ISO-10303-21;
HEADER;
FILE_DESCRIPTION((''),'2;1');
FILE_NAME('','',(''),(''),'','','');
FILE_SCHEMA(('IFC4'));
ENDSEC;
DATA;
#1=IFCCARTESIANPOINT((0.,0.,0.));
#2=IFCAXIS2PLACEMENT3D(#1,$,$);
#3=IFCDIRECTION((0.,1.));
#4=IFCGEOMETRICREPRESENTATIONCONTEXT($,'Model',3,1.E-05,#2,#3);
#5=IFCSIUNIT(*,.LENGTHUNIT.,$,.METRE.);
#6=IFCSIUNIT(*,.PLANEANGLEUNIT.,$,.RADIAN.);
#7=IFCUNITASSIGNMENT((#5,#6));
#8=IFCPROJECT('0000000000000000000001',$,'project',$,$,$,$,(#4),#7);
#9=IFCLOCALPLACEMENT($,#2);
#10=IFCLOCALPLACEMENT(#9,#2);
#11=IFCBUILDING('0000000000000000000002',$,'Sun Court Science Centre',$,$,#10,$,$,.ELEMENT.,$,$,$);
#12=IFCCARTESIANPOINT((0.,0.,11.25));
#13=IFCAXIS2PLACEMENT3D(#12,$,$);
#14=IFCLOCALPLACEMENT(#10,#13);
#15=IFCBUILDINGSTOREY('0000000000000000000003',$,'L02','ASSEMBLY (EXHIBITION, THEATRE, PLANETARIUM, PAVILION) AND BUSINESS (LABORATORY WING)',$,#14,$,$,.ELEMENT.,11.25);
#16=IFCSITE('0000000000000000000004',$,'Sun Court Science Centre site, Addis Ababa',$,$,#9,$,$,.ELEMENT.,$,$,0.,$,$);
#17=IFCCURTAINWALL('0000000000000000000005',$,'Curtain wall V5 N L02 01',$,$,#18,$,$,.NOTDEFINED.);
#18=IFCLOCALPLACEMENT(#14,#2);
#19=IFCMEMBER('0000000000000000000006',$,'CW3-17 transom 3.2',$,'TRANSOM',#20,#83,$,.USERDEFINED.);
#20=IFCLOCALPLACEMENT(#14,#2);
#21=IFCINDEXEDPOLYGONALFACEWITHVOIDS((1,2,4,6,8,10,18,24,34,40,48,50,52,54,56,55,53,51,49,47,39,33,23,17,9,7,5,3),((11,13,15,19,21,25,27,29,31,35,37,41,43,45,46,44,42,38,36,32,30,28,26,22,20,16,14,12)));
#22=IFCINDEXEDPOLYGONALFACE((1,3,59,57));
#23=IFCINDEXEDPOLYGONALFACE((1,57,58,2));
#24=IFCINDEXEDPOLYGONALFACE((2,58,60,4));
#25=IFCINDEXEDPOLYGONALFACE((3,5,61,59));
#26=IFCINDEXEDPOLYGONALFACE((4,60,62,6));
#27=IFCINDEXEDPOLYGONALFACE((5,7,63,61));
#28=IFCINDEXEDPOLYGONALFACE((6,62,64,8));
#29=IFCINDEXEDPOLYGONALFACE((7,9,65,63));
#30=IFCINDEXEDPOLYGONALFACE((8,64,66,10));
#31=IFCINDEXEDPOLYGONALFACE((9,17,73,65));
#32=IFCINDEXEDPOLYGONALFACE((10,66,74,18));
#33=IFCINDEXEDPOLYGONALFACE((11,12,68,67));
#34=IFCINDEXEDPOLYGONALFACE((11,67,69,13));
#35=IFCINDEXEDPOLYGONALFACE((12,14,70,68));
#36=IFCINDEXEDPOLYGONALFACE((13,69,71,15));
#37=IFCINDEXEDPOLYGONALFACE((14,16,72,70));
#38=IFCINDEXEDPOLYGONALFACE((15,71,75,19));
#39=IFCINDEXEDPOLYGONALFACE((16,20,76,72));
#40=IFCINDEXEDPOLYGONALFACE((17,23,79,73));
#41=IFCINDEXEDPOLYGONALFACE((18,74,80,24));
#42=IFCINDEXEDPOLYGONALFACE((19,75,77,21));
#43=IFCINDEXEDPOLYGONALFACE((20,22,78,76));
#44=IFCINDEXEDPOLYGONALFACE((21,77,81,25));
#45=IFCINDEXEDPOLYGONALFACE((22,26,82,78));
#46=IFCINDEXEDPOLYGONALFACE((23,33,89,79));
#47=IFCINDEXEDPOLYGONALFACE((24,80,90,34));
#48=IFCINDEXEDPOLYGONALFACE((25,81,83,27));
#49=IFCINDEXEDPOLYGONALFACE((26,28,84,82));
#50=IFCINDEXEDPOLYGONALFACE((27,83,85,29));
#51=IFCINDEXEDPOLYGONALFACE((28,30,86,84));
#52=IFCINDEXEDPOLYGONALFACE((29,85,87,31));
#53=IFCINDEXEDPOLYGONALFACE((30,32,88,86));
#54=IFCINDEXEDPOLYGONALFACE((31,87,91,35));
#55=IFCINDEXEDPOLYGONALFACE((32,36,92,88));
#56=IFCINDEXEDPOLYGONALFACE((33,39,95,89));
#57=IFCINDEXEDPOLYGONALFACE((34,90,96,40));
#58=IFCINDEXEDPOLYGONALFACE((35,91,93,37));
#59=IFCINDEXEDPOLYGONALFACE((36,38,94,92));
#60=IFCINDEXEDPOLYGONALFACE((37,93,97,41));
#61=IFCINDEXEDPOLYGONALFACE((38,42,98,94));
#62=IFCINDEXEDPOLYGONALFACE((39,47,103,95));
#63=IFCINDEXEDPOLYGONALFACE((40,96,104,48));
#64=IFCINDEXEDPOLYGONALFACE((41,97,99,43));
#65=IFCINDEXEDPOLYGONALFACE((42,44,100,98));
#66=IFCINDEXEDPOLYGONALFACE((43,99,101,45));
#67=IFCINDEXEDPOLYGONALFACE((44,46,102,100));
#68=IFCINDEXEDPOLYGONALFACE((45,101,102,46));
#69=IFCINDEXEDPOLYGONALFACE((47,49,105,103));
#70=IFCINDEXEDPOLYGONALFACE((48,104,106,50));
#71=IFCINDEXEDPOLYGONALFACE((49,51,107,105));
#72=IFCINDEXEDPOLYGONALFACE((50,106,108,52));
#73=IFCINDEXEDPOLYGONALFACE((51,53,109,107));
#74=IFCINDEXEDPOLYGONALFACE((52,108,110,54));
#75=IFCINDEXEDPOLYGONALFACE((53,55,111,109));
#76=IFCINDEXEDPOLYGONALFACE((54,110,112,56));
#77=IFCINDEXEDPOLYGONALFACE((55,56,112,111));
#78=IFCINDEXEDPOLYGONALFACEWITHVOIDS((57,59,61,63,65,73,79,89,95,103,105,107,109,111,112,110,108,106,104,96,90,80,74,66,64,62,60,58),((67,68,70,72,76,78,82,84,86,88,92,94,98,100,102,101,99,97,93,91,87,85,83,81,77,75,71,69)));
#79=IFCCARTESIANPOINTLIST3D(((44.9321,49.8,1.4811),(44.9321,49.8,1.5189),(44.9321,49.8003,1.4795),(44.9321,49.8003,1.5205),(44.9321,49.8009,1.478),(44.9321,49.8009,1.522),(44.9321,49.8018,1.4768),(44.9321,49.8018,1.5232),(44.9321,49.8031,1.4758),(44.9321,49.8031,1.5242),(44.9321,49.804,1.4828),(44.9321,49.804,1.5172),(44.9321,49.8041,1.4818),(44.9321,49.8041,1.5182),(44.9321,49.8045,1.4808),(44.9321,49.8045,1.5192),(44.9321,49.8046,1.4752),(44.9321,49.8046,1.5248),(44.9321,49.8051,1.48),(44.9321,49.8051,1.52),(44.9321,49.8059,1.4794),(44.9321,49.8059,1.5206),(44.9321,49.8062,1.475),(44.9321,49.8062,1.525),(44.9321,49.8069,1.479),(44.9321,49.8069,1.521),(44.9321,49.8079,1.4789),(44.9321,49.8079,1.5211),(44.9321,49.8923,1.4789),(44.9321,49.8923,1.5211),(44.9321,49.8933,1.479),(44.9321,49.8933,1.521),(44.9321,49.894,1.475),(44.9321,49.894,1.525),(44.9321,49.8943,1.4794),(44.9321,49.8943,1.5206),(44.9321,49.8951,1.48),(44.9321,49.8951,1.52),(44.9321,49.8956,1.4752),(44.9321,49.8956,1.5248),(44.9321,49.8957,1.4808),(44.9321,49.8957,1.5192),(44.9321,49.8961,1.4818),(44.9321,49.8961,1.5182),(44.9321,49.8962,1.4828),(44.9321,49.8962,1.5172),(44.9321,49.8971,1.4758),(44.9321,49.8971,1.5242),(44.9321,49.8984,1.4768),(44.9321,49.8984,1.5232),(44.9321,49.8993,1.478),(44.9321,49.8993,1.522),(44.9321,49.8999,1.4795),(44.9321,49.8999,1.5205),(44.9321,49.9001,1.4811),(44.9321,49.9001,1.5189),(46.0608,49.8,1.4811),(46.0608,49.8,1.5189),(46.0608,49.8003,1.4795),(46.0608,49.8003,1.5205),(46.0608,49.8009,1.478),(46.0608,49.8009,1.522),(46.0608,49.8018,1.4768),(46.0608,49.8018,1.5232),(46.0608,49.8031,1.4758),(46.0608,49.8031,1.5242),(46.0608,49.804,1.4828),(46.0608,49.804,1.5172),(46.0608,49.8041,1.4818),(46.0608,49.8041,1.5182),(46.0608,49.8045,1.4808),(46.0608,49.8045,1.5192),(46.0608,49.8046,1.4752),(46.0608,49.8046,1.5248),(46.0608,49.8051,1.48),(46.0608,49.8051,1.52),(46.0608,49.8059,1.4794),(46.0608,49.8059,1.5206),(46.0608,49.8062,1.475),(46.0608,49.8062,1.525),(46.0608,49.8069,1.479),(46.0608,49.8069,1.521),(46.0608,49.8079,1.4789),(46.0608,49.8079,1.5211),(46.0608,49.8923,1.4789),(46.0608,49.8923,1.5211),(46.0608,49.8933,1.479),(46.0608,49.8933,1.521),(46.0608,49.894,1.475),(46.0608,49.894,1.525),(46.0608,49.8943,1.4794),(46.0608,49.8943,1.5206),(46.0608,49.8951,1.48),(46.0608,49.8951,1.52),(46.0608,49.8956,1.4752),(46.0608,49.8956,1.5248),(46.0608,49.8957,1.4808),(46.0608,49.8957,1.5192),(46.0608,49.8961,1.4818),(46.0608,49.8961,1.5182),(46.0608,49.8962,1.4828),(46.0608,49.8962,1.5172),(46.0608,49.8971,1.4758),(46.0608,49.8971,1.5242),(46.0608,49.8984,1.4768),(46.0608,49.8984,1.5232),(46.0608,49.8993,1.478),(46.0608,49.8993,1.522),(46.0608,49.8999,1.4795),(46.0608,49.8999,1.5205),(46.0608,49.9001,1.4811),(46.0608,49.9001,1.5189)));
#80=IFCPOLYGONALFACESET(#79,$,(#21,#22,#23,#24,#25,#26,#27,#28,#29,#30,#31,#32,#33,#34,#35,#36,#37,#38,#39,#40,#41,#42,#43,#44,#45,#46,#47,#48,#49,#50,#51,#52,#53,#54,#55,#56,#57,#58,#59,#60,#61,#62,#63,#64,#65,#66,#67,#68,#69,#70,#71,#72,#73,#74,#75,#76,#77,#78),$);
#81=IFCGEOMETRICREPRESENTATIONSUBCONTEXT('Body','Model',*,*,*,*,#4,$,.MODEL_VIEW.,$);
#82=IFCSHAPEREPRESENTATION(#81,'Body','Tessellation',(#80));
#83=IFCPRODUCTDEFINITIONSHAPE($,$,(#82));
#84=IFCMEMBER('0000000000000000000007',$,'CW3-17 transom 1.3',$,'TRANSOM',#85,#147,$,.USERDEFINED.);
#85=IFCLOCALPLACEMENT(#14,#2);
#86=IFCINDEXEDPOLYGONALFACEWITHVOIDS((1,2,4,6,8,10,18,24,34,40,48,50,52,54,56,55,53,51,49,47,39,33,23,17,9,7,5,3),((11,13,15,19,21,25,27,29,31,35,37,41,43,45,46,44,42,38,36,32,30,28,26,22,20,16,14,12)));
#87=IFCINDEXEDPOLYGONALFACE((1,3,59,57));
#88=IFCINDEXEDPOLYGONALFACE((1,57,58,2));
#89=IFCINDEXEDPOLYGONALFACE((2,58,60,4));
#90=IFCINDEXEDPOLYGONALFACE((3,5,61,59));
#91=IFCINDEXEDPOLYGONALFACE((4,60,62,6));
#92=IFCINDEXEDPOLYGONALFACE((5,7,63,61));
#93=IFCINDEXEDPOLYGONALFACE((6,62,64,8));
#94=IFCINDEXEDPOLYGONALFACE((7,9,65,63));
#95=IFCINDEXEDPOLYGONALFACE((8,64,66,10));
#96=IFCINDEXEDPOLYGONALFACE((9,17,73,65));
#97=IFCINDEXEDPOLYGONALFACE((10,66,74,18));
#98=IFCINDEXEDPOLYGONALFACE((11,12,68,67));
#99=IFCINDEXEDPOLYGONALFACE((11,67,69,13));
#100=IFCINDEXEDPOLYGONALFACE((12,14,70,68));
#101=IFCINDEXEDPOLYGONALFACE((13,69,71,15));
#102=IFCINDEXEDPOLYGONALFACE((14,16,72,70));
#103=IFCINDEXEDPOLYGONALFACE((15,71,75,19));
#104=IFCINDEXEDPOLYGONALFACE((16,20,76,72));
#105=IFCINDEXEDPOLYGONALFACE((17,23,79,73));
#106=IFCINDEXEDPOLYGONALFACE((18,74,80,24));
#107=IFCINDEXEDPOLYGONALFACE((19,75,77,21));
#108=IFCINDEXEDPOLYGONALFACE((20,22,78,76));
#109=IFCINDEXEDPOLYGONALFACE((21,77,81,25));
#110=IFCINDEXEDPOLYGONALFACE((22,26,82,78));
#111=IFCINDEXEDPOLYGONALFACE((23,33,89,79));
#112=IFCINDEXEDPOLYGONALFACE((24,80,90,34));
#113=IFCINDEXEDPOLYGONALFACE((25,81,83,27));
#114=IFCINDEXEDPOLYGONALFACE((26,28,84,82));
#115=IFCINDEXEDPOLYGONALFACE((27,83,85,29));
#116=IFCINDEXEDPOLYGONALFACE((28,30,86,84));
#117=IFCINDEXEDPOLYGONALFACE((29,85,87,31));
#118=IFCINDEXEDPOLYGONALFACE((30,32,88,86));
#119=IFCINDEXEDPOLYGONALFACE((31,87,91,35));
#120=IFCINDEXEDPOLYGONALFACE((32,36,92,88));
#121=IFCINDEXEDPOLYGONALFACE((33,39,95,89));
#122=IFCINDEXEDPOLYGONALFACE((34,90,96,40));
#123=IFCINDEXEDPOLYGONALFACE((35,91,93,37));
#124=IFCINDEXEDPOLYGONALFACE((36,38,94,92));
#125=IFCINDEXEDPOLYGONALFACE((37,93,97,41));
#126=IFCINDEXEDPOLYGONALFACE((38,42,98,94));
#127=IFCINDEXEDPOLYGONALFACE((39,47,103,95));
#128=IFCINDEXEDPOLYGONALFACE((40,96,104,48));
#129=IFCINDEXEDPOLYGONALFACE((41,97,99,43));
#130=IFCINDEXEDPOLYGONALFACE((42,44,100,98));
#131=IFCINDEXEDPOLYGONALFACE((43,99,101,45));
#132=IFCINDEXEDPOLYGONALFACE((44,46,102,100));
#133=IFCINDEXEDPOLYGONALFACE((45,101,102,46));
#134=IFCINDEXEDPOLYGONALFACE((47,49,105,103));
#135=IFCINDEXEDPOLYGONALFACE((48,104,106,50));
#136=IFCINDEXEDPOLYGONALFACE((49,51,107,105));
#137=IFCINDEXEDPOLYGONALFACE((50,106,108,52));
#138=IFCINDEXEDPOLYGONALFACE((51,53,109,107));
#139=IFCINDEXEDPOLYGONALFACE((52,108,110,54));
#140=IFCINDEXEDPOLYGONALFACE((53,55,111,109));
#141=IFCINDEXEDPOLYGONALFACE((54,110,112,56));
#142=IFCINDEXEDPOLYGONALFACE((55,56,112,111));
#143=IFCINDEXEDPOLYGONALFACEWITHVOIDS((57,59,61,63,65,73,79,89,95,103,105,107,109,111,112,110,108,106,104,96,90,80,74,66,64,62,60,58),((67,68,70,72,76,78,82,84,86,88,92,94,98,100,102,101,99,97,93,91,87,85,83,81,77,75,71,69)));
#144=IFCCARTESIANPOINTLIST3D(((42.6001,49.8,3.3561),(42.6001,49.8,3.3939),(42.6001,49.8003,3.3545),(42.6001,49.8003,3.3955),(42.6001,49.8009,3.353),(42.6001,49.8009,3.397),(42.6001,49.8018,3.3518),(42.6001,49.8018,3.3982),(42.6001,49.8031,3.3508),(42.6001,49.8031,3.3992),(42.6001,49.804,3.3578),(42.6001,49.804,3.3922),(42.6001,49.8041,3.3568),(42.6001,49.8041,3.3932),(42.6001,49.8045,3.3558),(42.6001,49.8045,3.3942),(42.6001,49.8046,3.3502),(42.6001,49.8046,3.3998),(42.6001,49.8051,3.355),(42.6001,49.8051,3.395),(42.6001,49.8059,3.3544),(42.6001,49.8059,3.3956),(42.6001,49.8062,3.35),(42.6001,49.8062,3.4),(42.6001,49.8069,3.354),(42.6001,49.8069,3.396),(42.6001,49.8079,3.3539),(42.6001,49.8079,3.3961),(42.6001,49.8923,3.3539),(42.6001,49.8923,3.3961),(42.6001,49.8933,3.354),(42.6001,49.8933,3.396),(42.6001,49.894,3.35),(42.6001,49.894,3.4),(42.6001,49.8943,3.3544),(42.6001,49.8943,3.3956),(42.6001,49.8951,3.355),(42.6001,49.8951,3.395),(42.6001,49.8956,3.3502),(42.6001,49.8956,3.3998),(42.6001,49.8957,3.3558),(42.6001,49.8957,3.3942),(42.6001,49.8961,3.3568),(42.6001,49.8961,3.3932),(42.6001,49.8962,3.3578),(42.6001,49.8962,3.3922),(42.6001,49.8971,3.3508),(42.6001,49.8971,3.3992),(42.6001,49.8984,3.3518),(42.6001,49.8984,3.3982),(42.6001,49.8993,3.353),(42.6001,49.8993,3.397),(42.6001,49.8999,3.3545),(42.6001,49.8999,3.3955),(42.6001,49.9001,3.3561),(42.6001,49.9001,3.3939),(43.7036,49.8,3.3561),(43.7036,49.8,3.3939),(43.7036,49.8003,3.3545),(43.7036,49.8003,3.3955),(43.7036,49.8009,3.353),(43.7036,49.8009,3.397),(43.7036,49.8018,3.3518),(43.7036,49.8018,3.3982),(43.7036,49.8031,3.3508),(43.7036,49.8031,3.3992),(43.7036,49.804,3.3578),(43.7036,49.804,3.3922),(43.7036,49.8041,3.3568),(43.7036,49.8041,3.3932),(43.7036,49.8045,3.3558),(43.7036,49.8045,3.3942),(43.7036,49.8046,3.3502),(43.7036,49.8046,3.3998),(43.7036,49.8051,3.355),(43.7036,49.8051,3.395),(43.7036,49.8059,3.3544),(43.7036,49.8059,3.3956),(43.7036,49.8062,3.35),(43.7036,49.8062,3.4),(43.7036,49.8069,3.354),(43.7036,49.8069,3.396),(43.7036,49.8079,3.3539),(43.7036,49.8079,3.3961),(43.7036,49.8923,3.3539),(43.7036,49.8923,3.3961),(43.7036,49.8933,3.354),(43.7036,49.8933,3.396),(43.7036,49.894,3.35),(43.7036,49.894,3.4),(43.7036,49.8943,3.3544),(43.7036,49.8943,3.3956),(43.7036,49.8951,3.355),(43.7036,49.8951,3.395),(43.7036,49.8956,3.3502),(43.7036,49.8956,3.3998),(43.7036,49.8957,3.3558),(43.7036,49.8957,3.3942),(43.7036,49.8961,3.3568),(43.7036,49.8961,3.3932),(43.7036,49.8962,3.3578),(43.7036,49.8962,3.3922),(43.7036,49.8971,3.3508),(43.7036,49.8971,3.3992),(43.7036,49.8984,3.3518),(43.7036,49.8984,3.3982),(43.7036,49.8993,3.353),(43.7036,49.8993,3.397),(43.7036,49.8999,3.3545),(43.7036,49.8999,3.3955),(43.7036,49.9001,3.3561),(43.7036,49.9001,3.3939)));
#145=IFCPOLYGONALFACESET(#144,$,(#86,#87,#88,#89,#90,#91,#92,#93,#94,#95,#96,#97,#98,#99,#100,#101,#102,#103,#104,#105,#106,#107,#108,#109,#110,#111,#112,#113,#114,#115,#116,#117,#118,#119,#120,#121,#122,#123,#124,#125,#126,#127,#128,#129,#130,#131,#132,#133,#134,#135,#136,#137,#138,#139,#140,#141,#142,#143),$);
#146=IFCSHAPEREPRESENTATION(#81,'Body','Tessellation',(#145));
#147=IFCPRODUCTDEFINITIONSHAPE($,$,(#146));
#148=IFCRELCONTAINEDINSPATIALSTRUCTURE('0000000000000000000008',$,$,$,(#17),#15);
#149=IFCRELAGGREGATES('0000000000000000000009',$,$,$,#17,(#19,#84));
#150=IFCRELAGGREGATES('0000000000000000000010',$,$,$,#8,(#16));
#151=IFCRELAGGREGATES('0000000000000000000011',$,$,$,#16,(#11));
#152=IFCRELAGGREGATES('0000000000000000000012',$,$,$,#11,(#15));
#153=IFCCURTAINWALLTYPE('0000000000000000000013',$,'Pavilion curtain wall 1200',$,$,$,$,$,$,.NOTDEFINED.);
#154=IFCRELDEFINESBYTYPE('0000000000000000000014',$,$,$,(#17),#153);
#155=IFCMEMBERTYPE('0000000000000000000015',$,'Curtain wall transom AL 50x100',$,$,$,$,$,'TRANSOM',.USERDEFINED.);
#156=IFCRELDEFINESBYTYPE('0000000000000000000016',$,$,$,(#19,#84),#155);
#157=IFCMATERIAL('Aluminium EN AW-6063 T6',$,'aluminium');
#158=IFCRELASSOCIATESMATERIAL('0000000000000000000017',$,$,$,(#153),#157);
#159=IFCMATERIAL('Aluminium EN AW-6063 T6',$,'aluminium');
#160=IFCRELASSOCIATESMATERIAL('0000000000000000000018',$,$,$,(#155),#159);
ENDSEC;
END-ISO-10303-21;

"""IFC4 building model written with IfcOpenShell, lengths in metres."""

from ifc_helpers import new_model, si_unit, direction, frame, origin, origin_2d, place, context, subcontext, project, spatial, hollow_rectangle, extrude, material, material_profile, profile_set, type_object, element, aggregate, save


model = new_model("IFC4")

# Units and contexts
model_context = context("Model", 3, precision=1e-05, world=origin(), true_north=direction((0.0, 1.0)))
body_context = subcontext(model_context, "Body", "Model", "MODEL_VIEW")
ifc_project = project(units=[si_unit("LENGTHUNIT", "METRE"), si_unit("PLANEANGLEUNIT", "RADIAN")], contexts=[model_context])

# Site, building, storey
site_placement = place(None, origin())
site = spatial("IfcSite", under=ifc_project, at=site_placement, Name="Sun Court Science Centre site, Addis Ababa", CompositionType="ELEMENT", RefElevation=0.0)
building_placement = place(site_placement, origin())
building = spatial("IfcBuilding", under=site, at=building_placement, Name="Sun Court Science Centre", CompositionType="ELEMENT")
storey_placement = place(building_placement, frame((0.0, 0.0, 11.25)))
storey = spatial("IfcBuildingStorey", under=building, at=storey_placement, Name="L02", Description="ASSEMBLY (EXHIBITION, THEATRE, PLANETARIUM, PAVILION) AND BUSINESS (LABORATORY WING)", CompositionType="ELEMENT", Elevation=11.25)

# Curtain wall
ifc_material_1 = material(Name="Aluminium EN AW-6063 T6", Category="aluminium")
curtain_wall_type = type_object("IfcCurtainWallType", Name="Pavilion curtain wall 1200", PredefinedType="NOTDEFINED", material=ifc_material_1)
curtain_wall_1_placement = place(storey_placement, origin())
curtain_wall_1 = element("IfcCurtainWall", 1, at=curtain_wall_1_placement, inside=storey, type_object=curtain_wall_type, Name="Curtain wall V5 N L02 01", PredefinedType="NOTDEFINED")
ifc_material_2 = material(Name="Aluminium EN AW-6063 T6", Category="aluminium")
ifc_material_profile_1 = material_profile(ifc_material_2, hollow_rectangle(XDim=0.05, YDim=0.1001, WallThickness=0.0039, InnerFilletRadius=0.0039, OuterFilletRadius=0.0061, at=origin_2d()), Name="AL 50x100x4")
ifc_profile_set_1 = profile_set([ifc_material_profile_1], Name="Aluminium EN AW-6063 T6")
member_type_1 = type_object("IfcMemberType", Name="Curtain wall transom AL 50x100", ElementType="TRANSOM", PredefinedType="USERDEFINED", material=ifc_profile_set_1)

# Members
member_1_placement = place(storey_placement, frame((44.9321, 49.8501, 1.5), z_axis=(1.0, 0.0, 0.0), x_axis=(0.0, 0.0, 1.0)))
member_1 = element("IfcMember", 2, at=member_1_placement, type_object=member_type_1, Name="CW3-17 transom 3.2", ObjectType="TRANSOM", PredefinedType="USERDEFINED", context=body_context, shape_type="SweptSolid", body=[
    extrude(hollow_rectangle(XDim=0.05, YDim=0.1001, WallThickness=0.0039, InnerFilletRadius=0.0039, OuterFilletRadius=0.0061, at=origin_2d()), origin(), (0.0, 0.0, 1.0), 1.1287),
])
member_2_placement = place(storey_placement, frame((42.6001, 49.8501, 3.375), z_axis=(1.0, 0.0, 0.0), x_axis=(0.0, 0.0, 1.0)))
member_2 = element("IfcMember", 3, at=member_2_placement, type_object=member_type_1, Name="CW3-17 transom 1.3", ObjectType="TRANSOM", PredefinedType="USERDEFINED", context=body_context, shape_type="SweptSolid", body=[
    extrude(hollow_rectangle(XDim=0.05, YDim=0.1001, WallThickness=0.0039, InnerFilletRadius=0.0039, OuterFilletRadius=0.0061, at=origin_2d()), origin(), (0.0, 0.0, 1.0), 1.1035),
])

aggregate(curtain_wall_1, [member_1, member_2])

save(model, "model.ifc")
